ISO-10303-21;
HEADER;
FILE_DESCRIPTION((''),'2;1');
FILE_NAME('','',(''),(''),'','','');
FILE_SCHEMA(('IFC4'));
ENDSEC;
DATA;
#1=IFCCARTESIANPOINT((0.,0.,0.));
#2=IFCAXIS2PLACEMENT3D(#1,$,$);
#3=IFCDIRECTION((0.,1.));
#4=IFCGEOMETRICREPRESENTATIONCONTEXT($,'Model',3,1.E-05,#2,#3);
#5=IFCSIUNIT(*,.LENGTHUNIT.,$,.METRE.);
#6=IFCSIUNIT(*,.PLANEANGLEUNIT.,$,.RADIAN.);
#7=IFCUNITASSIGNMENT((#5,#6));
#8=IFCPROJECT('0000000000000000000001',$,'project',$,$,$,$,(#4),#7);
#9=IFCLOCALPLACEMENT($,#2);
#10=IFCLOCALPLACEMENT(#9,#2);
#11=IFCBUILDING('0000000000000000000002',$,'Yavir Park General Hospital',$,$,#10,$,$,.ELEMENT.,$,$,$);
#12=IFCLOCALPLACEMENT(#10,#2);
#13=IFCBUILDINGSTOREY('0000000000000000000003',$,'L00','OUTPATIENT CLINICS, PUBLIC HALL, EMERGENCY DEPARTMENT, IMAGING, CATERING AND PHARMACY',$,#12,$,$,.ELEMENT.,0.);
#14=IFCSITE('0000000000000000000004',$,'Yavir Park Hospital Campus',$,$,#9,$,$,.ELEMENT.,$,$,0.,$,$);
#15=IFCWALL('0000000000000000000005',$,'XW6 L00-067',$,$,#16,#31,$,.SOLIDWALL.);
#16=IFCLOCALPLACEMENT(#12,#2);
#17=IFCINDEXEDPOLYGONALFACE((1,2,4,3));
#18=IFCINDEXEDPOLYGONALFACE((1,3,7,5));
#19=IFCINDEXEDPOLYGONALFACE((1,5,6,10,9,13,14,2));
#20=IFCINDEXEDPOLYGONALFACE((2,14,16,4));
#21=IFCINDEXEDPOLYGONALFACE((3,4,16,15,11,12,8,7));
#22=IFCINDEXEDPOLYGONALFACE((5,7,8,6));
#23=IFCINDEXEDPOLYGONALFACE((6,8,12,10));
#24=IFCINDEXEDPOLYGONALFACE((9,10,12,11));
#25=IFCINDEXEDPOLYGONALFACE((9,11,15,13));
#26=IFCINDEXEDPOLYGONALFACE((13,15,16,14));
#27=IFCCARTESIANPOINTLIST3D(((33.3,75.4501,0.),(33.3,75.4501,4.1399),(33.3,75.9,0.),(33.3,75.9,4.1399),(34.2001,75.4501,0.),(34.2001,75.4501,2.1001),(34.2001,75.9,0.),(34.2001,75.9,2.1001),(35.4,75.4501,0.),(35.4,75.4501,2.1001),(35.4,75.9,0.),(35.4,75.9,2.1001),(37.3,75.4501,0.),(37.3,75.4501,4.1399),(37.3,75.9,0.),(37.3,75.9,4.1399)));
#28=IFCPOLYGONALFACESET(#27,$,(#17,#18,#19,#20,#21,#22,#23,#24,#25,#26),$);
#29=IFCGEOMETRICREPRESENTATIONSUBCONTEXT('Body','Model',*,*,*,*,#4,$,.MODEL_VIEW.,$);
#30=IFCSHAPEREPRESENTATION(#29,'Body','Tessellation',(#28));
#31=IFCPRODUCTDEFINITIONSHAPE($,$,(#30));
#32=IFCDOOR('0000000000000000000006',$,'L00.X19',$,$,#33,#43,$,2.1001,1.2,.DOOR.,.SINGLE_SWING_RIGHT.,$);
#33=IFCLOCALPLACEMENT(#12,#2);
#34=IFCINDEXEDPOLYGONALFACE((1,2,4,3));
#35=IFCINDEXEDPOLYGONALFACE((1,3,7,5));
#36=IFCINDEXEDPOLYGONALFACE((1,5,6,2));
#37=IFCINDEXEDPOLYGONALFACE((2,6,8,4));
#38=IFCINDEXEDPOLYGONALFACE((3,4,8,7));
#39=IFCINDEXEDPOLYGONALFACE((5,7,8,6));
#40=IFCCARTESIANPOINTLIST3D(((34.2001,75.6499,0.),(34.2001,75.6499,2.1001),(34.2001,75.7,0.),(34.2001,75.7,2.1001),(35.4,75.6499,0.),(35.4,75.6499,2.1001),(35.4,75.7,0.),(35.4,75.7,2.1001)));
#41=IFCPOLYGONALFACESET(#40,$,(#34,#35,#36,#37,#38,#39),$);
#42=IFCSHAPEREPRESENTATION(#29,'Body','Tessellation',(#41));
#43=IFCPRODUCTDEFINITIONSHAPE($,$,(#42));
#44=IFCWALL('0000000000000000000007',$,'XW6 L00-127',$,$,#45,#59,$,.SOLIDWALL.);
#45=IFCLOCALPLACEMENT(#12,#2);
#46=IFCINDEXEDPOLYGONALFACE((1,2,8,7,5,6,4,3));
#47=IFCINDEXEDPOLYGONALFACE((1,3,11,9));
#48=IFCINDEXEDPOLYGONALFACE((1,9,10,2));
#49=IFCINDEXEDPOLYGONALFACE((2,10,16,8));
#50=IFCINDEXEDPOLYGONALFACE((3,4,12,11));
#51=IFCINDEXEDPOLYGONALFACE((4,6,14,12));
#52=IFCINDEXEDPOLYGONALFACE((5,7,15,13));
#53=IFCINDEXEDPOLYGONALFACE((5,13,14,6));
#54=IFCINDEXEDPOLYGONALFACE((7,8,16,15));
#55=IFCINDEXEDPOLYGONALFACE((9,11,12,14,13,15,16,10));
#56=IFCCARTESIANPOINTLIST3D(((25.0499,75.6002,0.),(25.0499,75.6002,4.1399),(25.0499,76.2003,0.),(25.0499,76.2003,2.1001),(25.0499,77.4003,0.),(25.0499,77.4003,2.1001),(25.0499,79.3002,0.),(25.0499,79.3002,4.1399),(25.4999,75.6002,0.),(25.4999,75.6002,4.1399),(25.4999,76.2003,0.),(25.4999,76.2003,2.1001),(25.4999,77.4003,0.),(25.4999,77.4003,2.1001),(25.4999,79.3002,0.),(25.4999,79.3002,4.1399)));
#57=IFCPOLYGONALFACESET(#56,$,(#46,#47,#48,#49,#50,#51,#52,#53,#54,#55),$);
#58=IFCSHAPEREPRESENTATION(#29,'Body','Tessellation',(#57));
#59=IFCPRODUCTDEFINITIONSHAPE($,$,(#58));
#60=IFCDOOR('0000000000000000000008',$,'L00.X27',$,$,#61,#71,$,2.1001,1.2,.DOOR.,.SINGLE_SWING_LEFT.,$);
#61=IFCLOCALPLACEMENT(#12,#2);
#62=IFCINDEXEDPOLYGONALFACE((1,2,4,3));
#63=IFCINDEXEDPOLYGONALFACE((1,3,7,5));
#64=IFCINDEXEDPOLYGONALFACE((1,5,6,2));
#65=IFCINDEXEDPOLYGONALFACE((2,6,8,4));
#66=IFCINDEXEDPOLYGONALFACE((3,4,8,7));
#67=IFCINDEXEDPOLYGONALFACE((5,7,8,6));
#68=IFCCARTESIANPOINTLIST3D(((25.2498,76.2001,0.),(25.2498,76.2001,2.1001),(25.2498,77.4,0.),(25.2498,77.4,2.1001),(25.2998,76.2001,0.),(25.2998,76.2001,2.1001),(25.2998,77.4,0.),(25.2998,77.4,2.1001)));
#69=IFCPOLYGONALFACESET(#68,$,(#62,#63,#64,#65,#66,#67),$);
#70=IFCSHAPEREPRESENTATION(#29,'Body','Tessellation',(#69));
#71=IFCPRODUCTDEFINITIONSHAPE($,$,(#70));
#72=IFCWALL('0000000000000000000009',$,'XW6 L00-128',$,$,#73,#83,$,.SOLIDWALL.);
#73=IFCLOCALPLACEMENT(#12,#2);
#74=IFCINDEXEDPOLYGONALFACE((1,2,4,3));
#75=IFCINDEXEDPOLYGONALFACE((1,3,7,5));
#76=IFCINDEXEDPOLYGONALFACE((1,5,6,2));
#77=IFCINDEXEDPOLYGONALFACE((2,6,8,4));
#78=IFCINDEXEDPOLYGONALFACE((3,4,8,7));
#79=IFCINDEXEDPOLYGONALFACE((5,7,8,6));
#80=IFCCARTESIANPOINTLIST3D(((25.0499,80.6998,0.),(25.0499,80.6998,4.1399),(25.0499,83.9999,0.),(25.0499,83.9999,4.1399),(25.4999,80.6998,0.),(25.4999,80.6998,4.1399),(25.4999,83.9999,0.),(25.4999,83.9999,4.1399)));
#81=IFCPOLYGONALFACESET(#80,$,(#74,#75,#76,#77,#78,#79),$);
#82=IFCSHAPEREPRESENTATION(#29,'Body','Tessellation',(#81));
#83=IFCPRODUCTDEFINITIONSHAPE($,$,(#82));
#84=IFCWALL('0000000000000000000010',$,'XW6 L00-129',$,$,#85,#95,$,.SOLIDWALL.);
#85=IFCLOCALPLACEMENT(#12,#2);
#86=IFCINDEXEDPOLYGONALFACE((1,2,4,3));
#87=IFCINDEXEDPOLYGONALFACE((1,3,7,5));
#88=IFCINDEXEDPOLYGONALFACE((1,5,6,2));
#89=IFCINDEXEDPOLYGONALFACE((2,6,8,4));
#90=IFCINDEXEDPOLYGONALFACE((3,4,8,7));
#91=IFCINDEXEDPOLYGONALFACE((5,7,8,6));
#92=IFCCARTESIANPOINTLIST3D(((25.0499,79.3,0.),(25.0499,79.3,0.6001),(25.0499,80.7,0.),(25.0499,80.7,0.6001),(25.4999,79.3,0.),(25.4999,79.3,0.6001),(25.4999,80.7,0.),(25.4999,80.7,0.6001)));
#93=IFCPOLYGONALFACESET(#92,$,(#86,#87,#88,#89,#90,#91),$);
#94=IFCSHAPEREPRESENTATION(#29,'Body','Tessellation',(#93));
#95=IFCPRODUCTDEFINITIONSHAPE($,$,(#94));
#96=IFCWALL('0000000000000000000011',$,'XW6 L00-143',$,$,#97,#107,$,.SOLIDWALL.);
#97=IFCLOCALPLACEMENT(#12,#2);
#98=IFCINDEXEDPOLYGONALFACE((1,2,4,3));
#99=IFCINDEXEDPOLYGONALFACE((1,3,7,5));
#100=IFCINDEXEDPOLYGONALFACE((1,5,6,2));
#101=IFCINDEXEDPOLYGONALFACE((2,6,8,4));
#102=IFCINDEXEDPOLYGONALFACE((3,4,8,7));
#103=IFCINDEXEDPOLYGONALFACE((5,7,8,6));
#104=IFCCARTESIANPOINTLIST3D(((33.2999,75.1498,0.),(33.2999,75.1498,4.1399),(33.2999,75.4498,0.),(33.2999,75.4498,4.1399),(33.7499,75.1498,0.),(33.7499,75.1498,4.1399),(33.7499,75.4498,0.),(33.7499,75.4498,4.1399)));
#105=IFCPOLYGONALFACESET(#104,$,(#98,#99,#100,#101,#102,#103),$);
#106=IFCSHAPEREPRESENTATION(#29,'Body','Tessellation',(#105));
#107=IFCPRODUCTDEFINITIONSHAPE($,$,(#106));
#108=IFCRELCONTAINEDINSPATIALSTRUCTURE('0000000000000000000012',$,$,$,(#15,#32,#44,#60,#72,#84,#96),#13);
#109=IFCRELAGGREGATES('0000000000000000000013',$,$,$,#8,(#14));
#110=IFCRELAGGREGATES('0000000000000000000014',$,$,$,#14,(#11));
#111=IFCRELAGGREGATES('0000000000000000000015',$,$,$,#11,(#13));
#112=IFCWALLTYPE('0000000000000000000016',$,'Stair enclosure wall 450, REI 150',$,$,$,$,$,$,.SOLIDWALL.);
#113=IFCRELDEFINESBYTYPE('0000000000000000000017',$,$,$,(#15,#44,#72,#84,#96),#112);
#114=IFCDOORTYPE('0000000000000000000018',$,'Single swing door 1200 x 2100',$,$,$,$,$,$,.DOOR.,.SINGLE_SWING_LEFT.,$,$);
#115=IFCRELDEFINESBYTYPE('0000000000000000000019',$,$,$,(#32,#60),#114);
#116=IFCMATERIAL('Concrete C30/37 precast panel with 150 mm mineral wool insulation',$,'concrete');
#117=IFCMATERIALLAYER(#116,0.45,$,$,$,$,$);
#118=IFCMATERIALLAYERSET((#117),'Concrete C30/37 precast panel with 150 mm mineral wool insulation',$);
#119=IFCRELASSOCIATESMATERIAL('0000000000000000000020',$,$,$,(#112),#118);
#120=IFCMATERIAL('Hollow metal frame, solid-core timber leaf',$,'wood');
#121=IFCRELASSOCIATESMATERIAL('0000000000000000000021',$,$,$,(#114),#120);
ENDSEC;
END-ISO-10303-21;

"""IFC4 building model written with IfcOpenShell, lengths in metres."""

from ifc_helpers import new_model, si_unit, direction, frame, frame_2d, origin, place, context, subcontext, project, spatial, rectangle, extrude, material, layer, layer_set, type_object, element, fill, save


model = new_model("IFC4")

# Units and contexts
model_context = context("Model", 3, precision=1e-05, world=origin(), true_north=direction((0.0, 1.0)))
body_context = subcontext(model_context, "Body", "Model", "MODEL_VIEW")
ifc_project = project(units=[si_unit("LENGTHUNIT", "METRE"), si_unit("PLANEANGLEUNIT", "RADIAN")], contexts=[model_context])

# Site, building, storey
site_placement = place(None, origin())
site = spatial("IfcSite", under=ifc_project, at=site_placement, Name="Yavir Park Hospital Campus", CompositionType="ELEMENT", RefElevation=0.0)
building_placement = place(site_placement, origin())
building = spatial("IfcBuilding", under=site, at=building_placement, Name="Yavir Park General Hospital", CompositionType="ELEMENT")
storey_placement = place(building_placement, origin())
storey = spatial("IfcBuildingStorey", under=building, at=storey_placement, Name="L00", Description="OUTPATIENT CLINICS, PUBLIC HALL, EMERGENCY DEPARTMENT, IMAGING, CATERING AND PHARMACY", CompositionType="ELEMENT", Elevation=0.0)

# Walls, openings, doors
ifc_material_1 = material(Name="Concrete C30/37 precast panel with 150 mm mineral wool insulation", Category="concrete")
ifc_layer_1 = layer(ifc_material_1, 0.45)
ifc_layer_set_1 = layer_set([ifc_layer_1], Name="Concrete C30/37 precast panel with 150 mm mineral wool insulation")
wall_type = type_object("IfcWallType", Name="Stair enclosure wall 450, REI 150", PredefinedType="SOLIDWALL", material=ifc_layer_set_1)
wall_1_placement = place(storey_placement, frame((33.3, 75.675, 0.0), z_axis=(0.0, 0.0, 1.0), x_axis=(1.0, 0.0, 0.0)))
wall_1 = element("IfcWall", 1, at=wall_1_placement, inside=storey, type_object=wall_type, Name="XW6 L00-067", PredefinedType="SOLIDWALL", context=body_context, shape_type="SweptSolid", body=[
    extrude(rectangle(XDim=4.0, YDim=0.45, at=frame_2d((2.0, 0.0))), origin(), (0.0, 0.0, 1.0), 4.1399),
])
opening_1_placement = place(wall_1_placement, frame((0.8999, 0.0, 0.0)))
opening_1 = element("IfcOpeningElement", 2, at=opening_1_placement, cuts=wall_1, PredefinedType="OPENING", context=body_context, shape_type="SweptSolid", body=[
    extrude(rectangle(XDim=1.2, YDim=2.1001, at=frame_2d((0.6001, 1.05))), frame((0.0, 0.2349, 0.0), z_axis=(0.0, -1.0, 0.0), x_axis=(1.0, 0.0, 0.0)), (0.0, 0.0, 1.0), 0.47),
])
ifc_material_2 = material(Name="Hollow metal frame, solid-core timber leaf", Category="wood")
door_type = type_object("IfcDoorType", Name="Single swing door 1200 x 2100", OperationType="SINGLE_SWING_LEFT", PredefinedType="DOOR", material=ifc_material_2)
door_1_placement = place(opening_1_placement, origin())
door_1 = element("IfcDoor", 3, at=door_1_placement, inside=storey, type_object=door_type, Name="L00.X19", OperationType="SINGLE_SWING_RIGHT", OverallHeight=2.1001, OverallWidth=1.2, PredefinedType="DOOR", context=body_context, shape_type="SweptSolid", body=[
    extrude(rectangle(XDim=1.2, YDim=2.1001, at=frame_2d((0.6001, 1.05))), frame((0.0, 0.0249, 0.0), z_axis=(0.0, -1.0, 0.0), x_axis=(1.0, 0.0, 0.0)), (0.0, 0.0, 1.0), 0.05),
])
fill(opening_1, door_1)
wall_2_placement = place(storey_placement, frame((25.2749, 75.6001, 0.0), z_axis=(0.0, 0.0, 1.0), x_axis=(0.0, 1.0, 0.0)))
wall_2 = element("IfcWall", 4, at=wall_2_placement, inside=storey, type_object=wall_type, Name="XW6 L00-127", PredefinedType="SOLIDWALL", context=body_context, shape_type="SweptSolid", body=[
    extrude(rectangle(XDim=3.7, YDim=0.45, at=frame_2d((1.8501, 0.0))), origin(), (0.0, 0.0, 1.0), 4.1399),
])
opening_2_placement = place(wall_2_placement, frame((0.6001, 0.0, 0.0)))
opening_2 = element("IfcOpeningElement", 5, at=opening_2_placement, cuts=wall_2, PredefinedType="OPENING", context=body_context, shape_type="SweptSolid", body=[
    extrude(rectangle(XDim=1.2, YDim=2.1001, at=frame_2d((0.6001, 1.05))), frame((0.0, 0.2349, 0.0), z_axis=(0.0, -1.0, 0.0), x_axis=(1.0, 0.0, 0.0)), (0.0, 0.0, 1.0), 0.47),
])
door_2_placement = place(opening_2_placement, frame((1.2, 0.0, 0.0), x_axis=(-1.0, 0.0, 0.0)))
door_2 = element("IfcDoor", 6, at=door_2_placement, inside=storey, type_object=door_type, Name="L00.X27", OperationType="SINGLE_SWING_LEFT", OverallHeight=2.1001, OverallWidth=1.2, PredefinedType="DOOR", context=body_context, shape_type="SweptSolid", body=[
    extrude(rectangle(XDim=1.2, YDim=2.1001, at=frame_2d((0.6001, 1.05))), frame((0.0, 0.0249, 0.0), z_axis=(0.0, -1.0, 0.0), x_axis=(1.0, 0.0, 0.0)), (0.0, 0.0, 1.0), 0.05),
])
fill(opening_2, door_2)

# Walls
wall_3_placement = place(storey_placement, frame((25.2749, 80.7, 0.0), z_axis=(0.0, 0.0, 1.0), x_axis=(0.0, 1.0, 0.0)))
element("IfcWall", 7, at=wall_3_placement, inside=storey, type_object=wall_type, Name="XW6 L00-128", PredefinedType="SOLIDWALL", context=body_context, shape_type="SweptSolid", body=[
    extrude(rectangle(XDim=3.3, YDim=0.45, at=frame_2d((1.6499, 0.0))), origin(), (0.0, 0.0, 1.0), 4.1399),
])
wall_4_placement = place(storey_placement, frame((25.2749, 79.3, 0.0), z_axis=(0.0, 0.0, 1.0), x_axis=(0.0, 1.0, 0.0)))
element("IfcWall", 8, at=wall_4_placement, inside=storey, type_object=wall_type, Name="XW6 L00-129", PredefinedType="SOLIDWALL", context=body_context, shape_type="SweptSolid", body=[
    extrude(rectangle(XDim=1.3999, YDim=0.45, at=frame_2d((0.7, 0.0))), origin(), (0.0, 0.0, 1.0), 0.6001),
])
wall_5_placement = place(storey_placement, frame((33.5249, 75.1499, 0.0), z_axis=(0.0, 0.0, 1.0), x_axis=(0.0, 1.0, 0.0)))
element("IfcWall", 9, at=wall_5_placement, inside=storey, type_object=wall_type, Name="XW6 L00-143", PredefinedType="SOLIDWALL", context=body_context, shape_type="SweptSolid", body=[
    extrude(rectangle(XDim=0.3, YDim=0.45, at=frame_2d((0.1499, 0.0))), origin(), (0.0, 0.0, 1.0), 4.1399),
])

save(model, "model.ifc")
